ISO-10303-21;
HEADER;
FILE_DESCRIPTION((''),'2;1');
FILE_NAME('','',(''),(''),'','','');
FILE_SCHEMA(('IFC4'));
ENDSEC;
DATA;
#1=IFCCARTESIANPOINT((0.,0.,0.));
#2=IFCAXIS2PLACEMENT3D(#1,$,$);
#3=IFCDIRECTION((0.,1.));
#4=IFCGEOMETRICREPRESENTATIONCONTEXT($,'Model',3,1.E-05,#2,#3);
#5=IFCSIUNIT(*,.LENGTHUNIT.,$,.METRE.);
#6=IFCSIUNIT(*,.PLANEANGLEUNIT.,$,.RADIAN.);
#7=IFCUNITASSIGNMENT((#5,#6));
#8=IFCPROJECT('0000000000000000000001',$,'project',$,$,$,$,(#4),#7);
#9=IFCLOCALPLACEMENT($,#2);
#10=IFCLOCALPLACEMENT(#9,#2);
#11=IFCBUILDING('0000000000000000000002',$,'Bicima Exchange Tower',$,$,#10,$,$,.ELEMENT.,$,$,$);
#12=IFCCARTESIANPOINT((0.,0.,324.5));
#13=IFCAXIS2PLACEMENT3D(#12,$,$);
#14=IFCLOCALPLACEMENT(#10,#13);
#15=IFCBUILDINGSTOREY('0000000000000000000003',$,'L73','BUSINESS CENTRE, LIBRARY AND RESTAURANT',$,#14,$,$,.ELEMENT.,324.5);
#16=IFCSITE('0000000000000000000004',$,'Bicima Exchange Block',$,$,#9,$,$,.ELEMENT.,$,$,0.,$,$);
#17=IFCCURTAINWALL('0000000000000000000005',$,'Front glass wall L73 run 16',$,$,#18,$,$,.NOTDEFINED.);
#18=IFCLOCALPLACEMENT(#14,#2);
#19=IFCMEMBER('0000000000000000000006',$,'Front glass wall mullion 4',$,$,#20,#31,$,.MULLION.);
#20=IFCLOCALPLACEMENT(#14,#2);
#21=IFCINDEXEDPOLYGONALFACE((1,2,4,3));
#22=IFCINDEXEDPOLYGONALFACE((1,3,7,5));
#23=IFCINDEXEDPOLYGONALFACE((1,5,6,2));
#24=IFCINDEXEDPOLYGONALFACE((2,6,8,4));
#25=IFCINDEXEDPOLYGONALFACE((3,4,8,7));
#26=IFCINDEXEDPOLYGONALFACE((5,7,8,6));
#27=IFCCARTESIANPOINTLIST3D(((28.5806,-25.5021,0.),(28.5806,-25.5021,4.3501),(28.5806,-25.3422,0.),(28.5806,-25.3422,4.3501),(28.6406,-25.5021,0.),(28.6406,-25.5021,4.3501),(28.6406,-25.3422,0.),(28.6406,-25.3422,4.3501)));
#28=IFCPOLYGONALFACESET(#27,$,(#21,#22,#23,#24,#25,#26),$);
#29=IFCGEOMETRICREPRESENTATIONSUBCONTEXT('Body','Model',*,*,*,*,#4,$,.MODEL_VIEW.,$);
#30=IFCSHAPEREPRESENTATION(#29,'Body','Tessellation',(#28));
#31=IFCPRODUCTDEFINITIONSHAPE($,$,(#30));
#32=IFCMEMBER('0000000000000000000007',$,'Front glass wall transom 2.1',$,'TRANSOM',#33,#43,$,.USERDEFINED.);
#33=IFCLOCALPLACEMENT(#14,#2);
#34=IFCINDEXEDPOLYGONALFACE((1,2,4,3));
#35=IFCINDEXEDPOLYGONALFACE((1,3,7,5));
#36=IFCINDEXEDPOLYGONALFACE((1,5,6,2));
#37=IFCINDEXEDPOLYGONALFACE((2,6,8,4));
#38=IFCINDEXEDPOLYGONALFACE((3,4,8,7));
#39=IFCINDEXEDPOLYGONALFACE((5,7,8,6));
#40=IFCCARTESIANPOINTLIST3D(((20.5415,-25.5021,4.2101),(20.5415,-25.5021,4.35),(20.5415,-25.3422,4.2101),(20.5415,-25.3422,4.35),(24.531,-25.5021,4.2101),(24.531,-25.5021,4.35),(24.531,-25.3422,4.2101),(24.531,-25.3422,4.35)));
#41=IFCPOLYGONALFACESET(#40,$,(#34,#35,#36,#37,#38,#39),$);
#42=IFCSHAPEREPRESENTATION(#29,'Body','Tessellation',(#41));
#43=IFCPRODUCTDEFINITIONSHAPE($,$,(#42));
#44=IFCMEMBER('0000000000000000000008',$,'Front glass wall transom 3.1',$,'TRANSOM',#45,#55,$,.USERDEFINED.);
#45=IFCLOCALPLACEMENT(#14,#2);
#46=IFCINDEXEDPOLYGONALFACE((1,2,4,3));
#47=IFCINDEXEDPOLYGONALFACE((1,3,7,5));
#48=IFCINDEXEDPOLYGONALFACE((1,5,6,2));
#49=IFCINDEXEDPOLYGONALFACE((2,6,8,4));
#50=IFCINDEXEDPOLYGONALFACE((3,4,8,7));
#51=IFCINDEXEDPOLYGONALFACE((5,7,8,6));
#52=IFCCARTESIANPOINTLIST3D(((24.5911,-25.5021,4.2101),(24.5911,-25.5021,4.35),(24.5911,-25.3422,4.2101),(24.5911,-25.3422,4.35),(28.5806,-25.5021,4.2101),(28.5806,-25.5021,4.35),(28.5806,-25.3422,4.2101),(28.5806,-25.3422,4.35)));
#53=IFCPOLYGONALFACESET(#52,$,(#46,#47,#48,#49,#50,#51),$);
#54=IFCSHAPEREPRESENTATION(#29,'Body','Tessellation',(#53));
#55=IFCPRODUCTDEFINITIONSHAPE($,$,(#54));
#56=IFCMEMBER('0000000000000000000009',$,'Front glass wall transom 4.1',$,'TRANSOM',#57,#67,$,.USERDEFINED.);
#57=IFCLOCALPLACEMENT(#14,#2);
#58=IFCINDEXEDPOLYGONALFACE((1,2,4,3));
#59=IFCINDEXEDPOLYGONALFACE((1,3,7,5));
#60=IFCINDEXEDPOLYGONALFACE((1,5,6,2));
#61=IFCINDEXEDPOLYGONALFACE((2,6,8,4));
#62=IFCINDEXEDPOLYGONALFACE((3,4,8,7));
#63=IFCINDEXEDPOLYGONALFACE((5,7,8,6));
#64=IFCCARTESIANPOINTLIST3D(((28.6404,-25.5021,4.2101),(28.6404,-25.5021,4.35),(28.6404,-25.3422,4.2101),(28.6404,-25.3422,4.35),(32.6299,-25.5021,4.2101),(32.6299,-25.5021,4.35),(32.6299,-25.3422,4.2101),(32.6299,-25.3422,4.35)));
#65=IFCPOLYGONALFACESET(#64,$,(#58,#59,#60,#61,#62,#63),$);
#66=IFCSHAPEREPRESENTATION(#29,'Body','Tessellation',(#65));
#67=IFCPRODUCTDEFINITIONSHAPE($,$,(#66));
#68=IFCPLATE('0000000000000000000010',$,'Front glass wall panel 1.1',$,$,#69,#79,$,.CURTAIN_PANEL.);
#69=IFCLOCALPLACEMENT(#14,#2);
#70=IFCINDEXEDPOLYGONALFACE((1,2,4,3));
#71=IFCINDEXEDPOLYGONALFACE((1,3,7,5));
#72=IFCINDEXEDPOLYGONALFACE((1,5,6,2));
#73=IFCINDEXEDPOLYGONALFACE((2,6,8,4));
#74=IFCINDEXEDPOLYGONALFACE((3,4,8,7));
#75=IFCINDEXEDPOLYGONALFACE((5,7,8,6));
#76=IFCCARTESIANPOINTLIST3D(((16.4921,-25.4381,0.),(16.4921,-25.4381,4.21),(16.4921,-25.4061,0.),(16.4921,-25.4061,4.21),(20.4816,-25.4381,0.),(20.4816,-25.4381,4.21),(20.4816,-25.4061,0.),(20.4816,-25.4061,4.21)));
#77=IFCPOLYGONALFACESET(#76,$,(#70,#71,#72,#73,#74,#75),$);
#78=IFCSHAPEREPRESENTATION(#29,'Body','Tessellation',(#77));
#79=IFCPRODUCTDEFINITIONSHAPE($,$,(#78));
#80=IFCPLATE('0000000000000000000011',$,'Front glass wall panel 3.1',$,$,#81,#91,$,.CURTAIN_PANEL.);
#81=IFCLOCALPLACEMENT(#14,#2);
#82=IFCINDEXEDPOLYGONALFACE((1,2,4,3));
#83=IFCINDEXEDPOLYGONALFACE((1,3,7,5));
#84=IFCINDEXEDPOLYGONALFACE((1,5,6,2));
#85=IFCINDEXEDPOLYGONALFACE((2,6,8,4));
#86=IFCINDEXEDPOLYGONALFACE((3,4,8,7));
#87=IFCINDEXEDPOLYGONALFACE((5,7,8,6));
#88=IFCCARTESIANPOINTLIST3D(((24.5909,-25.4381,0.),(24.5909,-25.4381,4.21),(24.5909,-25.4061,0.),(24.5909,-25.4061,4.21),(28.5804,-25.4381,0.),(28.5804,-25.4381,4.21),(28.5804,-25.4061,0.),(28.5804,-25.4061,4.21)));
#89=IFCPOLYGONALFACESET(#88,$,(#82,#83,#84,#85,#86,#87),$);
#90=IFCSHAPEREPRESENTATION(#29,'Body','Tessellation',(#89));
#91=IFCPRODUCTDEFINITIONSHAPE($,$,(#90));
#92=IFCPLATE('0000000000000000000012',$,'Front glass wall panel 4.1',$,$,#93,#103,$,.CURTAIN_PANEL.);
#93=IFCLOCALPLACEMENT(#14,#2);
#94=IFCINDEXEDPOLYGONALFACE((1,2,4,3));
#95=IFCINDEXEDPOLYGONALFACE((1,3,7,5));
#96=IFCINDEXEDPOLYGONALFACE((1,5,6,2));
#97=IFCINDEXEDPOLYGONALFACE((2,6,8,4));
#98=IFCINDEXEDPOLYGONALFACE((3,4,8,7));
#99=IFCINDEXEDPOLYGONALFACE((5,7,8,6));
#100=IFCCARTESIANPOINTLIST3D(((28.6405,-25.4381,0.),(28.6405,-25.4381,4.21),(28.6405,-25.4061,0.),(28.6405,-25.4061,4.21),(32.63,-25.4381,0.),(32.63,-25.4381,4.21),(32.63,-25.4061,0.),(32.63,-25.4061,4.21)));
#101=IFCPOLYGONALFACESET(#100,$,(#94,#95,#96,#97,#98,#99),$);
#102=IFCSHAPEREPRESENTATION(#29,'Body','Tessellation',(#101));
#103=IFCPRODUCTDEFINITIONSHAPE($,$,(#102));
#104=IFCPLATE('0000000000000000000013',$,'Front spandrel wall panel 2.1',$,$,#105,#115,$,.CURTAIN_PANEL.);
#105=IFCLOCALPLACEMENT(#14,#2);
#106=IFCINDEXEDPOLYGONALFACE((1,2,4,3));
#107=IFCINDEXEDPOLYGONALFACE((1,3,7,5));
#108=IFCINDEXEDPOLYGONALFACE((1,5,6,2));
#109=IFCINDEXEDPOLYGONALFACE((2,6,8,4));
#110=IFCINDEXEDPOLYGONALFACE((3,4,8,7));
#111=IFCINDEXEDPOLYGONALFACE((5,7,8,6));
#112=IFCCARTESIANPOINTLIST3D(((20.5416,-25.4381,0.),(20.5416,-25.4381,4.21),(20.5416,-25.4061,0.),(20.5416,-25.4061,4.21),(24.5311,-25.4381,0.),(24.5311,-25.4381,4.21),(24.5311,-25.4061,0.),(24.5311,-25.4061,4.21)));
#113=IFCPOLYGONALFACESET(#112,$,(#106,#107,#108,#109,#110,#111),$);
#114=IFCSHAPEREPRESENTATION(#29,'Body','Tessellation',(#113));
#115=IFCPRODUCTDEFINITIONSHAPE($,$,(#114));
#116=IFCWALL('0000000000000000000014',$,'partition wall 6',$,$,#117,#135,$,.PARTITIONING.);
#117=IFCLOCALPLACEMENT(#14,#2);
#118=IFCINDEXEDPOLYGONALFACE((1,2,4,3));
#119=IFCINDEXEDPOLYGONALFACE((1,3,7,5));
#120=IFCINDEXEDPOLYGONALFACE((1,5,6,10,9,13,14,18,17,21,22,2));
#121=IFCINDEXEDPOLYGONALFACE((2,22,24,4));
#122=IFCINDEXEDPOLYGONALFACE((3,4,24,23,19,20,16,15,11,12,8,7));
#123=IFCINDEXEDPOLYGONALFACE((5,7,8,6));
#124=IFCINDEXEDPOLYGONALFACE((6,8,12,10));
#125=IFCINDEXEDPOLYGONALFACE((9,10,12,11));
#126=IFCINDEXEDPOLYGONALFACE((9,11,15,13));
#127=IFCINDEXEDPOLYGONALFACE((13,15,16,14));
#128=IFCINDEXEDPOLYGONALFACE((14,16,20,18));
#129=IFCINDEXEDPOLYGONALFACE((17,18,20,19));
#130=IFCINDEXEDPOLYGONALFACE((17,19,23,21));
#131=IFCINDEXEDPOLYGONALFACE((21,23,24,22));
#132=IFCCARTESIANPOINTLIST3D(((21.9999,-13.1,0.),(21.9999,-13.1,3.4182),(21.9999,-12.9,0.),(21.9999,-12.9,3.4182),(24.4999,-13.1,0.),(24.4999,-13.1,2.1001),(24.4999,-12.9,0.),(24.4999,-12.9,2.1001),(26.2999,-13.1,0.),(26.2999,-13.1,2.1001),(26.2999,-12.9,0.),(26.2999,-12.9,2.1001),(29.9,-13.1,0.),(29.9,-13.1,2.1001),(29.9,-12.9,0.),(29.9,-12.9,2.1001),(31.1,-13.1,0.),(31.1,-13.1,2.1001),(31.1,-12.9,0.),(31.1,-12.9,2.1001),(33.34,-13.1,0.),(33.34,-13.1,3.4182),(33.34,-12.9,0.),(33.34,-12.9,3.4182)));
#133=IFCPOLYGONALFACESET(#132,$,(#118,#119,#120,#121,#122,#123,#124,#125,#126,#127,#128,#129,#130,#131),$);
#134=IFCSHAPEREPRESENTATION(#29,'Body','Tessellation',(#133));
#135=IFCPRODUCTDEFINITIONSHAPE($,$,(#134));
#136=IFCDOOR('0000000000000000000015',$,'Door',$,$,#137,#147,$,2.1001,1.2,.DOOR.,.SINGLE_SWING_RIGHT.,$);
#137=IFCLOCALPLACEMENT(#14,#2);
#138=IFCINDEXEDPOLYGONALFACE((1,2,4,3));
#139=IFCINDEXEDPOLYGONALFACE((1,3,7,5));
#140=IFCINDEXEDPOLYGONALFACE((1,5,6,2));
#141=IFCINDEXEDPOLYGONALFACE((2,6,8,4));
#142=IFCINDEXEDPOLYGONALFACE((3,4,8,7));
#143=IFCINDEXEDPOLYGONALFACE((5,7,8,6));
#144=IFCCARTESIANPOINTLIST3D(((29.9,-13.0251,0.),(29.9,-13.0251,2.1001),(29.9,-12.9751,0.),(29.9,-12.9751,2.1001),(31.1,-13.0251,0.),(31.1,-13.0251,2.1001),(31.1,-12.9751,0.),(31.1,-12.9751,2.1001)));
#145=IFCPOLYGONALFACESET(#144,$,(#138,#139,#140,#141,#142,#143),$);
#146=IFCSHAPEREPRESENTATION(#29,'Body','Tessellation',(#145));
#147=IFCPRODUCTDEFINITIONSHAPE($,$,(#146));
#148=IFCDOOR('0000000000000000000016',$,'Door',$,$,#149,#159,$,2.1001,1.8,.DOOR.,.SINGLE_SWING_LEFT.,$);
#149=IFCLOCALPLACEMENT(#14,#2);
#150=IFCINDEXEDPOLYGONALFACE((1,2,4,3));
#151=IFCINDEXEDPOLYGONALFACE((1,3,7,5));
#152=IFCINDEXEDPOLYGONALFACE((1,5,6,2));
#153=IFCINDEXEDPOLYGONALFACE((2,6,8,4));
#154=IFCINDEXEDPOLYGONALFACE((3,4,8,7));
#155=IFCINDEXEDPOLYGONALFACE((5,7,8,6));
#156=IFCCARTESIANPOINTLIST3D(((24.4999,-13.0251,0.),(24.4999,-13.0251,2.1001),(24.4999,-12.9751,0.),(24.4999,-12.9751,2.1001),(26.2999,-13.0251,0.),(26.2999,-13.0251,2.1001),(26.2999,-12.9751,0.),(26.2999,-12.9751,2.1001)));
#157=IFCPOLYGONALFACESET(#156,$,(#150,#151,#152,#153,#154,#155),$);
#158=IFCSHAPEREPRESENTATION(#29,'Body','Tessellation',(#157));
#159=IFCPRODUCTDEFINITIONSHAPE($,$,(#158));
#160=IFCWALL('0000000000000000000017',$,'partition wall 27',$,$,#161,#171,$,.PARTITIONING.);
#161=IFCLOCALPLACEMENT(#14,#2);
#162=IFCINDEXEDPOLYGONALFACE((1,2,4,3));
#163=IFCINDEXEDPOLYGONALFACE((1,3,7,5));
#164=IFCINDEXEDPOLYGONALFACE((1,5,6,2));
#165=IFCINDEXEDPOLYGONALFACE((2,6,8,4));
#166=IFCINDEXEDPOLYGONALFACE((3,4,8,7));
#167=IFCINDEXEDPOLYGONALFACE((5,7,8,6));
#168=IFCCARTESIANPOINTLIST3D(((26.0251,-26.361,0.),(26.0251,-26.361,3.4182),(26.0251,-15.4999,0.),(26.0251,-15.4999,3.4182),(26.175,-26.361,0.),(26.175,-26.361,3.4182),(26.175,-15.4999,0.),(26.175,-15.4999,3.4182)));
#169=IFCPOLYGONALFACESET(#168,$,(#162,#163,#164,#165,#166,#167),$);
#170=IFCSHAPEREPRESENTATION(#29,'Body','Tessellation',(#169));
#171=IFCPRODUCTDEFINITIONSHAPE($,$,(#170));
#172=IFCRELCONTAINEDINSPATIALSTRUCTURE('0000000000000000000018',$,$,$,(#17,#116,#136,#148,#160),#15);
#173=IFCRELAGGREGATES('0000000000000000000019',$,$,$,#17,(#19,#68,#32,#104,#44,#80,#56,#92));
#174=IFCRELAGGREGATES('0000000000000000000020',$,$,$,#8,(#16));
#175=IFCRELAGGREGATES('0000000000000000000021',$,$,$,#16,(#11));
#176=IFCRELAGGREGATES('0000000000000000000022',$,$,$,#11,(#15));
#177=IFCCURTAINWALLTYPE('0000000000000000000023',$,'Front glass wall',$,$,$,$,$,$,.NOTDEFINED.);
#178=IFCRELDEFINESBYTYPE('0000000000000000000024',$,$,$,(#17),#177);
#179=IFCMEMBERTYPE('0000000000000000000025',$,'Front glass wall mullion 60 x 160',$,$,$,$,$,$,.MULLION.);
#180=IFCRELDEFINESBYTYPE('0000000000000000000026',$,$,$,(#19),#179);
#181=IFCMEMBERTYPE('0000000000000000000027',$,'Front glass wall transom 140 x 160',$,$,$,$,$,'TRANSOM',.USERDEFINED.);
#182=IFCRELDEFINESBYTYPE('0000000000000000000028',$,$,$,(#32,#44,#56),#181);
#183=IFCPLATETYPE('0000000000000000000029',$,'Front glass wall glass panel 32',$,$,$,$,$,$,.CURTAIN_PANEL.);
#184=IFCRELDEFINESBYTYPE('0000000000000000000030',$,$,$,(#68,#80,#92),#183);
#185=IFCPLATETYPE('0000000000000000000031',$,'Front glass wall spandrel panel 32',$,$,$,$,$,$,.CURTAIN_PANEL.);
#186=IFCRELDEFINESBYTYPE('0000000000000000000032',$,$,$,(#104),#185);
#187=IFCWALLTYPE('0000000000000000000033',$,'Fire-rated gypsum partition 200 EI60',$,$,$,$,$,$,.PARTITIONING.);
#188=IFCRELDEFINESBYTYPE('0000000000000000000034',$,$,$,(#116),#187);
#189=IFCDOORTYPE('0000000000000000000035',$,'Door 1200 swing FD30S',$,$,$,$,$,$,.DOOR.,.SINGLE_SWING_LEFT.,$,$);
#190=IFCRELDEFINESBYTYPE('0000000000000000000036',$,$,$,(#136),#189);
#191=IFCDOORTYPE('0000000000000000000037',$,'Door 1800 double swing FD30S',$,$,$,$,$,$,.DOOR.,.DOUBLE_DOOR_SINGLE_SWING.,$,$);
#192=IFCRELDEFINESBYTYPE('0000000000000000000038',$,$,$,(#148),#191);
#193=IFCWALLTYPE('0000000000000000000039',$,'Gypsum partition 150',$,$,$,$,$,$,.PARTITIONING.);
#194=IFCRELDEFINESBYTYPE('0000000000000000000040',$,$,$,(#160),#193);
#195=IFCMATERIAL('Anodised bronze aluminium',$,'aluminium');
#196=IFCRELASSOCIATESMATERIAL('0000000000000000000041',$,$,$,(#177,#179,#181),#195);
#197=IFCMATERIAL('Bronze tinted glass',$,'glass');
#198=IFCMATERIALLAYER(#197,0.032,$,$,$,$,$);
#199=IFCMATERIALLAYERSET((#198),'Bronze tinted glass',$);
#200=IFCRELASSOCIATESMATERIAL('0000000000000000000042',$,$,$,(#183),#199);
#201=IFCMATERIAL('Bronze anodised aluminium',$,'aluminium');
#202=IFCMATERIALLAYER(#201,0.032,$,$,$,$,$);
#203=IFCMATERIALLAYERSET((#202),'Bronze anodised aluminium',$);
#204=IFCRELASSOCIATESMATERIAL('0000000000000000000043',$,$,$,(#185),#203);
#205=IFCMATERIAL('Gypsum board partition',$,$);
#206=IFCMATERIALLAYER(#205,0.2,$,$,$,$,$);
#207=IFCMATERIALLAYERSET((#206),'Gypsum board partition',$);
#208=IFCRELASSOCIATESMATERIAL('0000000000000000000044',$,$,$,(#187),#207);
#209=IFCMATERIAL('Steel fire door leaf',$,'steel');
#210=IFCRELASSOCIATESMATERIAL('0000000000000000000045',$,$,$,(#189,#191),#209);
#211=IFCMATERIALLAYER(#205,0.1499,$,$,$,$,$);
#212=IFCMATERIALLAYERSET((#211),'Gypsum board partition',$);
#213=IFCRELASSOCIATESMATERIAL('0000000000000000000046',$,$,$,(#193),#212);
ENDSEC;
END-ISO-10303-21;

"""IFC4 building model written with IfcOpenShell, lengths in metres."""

from ifc_helpers import new_model, si_unit, direction, frame, frame_2d, origin, origin_2d, place, context, subcontext, project, spatial, rectangle, extrude, material, layer, layer_set, material_profile, profile_set, type_object, element, fill, aggregate, save


model = new_model("IFC4")

# Units and contexts
model_context = context("Model", 3, precision=1e-05, world=origin(), true_north=direction((0.0, 1.0)))
body_context = subcontext(model_context, "Body", "Model", "MODEL_VIEW")
ifc_project = project(units=[si_unit("LENGTHUNIT", "METRE"), si_unit("PLANEANGLEUNIT", "RADIAN")], contexts=[model_context])

# Site, building, storey
site_placement = place(None, origin())
site = spatial("IfcSite", under=ifc_project, at=site_placement, Name="Bicima Exchange Block", CompositionType="ELEMENT", RefElevation=0.0)
building_placement = place(site_placement, origin())
building = spatial("IfcBuilding", under=site, at=building_placement, Name="Bicima Exchange Tower", CompositionType="ELEMENT")
storey_placement = place(building_placement, frame((0.0, 0.0, 324.5)))
storey = spatial("IfcBuildingStorey", under=building, at=storey_placement, Name="L73", Description="BUSINESS CENTRE, LIBRARY AND RESTAURANT", CompositionType="ELEMENT", Elevation=324.5)

# Curtain wall, members, plates
ifc_material_1 = material(Name="Anodised bronze aluminium", Category="aluminium")
curtain_wall_type = type_object("IfcCurtainWallType", Name="Front glass wall", PredefinedType="NOTDEFINED", material=ifc_material_1)
curtain_wall_placement = place(storey_placement, origin())
curtain_wall = element("IfcCurtainWall", 1, at=curtain_wall_placement, inside=storey, type_object=curtain_wall_type, Name="Front glass wall L73 run 16", PredefinedType="NOTDEFINED")
ifc_material_profile_1 = material_profile(ifc_material_1, rectangle(XDim=0.1599, YDim=0.0601, at=origin_2d()))
ifc_profile_set_1 = profile_set([ifc_material_profile_1], Name="Anodised bronze aluminium")
member_type_1 = type_object("IfcMemberType", Name="Front glass wall mullion 60 x 160", PredefinedType="MULLION", material=ifc_profile_set_1)
member_1_placement = place(storey_placement, frame((28.6106, -25.4221, 0.0), z_axis=(0.0, 0.0, 1.0), x_axis=(0.0, 1.0, 0.0)))
member_1 = element("IfcMember", 2, at=member_1_placement, type_object=member_type_1, Name="Front glass wall mullion 4", PredefinedType="MULLION", context=body_context, shape_type="SweptSolid", body=[
    extrude(rectangle(XDim=0.1599, YDim=0.0601, at=origin_2d()), origin(), (0.0, 0.0, 1.0), 4.3501),
])
ifc_material_profile_2 = material_profile(ifc_material_1, rectangle(XDim=0.1599, YDim=0.1399, at=origin_2d()))
ifc_profile_set_2 = profile_set([ifc_material_profile_2], Name="Anodised bronze aluminium")
member_type_2 = type_object("IfcMemberType", Name="Front glass wall transom 140 x 160", ElementType="TRANSOM", PredefinedType="USERDEFINED", material=ifc_profile_set_2)
member_2_placement = place(storey_placement, frame((20.5415, -25.4221, 4.28), z_axis=(1.0, 0.0, 0.0), x_axis=(0.0, 1.0, 0.0)))
member_2 = element("IfcMember", 3, at=member_2_placement, type_object=member_type_2, Name="Front glass wall transom 2.1", ObjectType="TRANSOM", PredefinedType="USERDEFINED", context=body_context, shape_type="SweptSolid", body=[
    extrude(rectangle(XDim=0.1599, YDim=0.1399, at=origin_2d()), origin(), (0.0, 0.0, 1.0), 3.9895),
])
member_3_placement = place(storey_placement, frame((24.5911, -25.4221, 4.28), z_axis=(1.0, 0.0, 0.0), x_axis=(0.0, 1.0, 0.0)))
member_3 = element("IfcMember", 4, at=member_3_placement, type_object=member_type_2, Name="Front glass wall transom 3.1", ObjectType="TRANSOM", PredefinedType="USERDEFINED", context=body_context, shape_type="SweptSolid", body=[
    extrude(rectangle(XDim=0.1599, YDim=0.1399, at=origin_2d()), origin(), (0.0, 0.0, 1.0), 3.9895),
])
member_4_placement = place(storey_placement, frame((28.6404, -25.4221, 4.28), z_axis=(1.0, 0.0, 0.0), x_axis=(0.0, 1.0, 0.0)))
member_4 = element("IfcMember", 5, at=member_4_placement, type_object=member_type_2, Name="Front glass wall transom 4.1", ObjectType="TRANSOM", PredefinedType="USERDEFINED", context=body_context, shape_type="SweptSolid", body=[
    extrude(rectangle(XDim=0.1599, YDim=0.1399, at=origin_2d()), origin(), (0.0, 0.0, 1.0), 3.9895),
])
ifc_material_2 = material(Name="Bronze tinted glass", Category="glass")
ifc_layer_1 = layer(ifc_material_2, 0.032)
ifc_layer_set_1 = layer_set([ifc_layer_1], Name="Bronze tinted glass")
plate_type_1 = type_object("IfcPlateType", Name="Front glass wall glass panel 32", PredefinedType="CURTAIN_PANEL", material=ifc_layer_set_1)
plate_1_placement = place(storey_placement, frame((18.4868, -25.4221, 0.0), z_axis=(0.0, 0.0, 1.0), x_axis=(1.0, 0.0, 0.0)))
plate_1 = element("IfcPlate", 6, at=plate_1_placement, type_object=plate_type_1, Name="Front glass wall panel 1.1", PredefinedType="CURTAIN_PANEL", context=body_context, shape_type="SweptSolid", body=[
    extrude(rectangle(XDim=3.9895, YDim=0.032, at=origin_2d()), origin(), (0.0, 0.0, 1.0), 4.21),
])
plate_2_placement = place(storey_placement, frame((26.5857, -25.4221, 0.0), z_axis=(0.0, 0.0, 1.0), x_axis=(1.0, 0.0, 0.0)))
plate_2 = element("IfcPlate", 7, at=plate_2_placement, type_object=plate_type_1, Name="Front glass wall panel 3.1", PredefinedType="CURTAIN_PANEL", context=body_context, shape_type="SweptSolid", body=[
    extrude(rectangle(XDim=3.9895, YDim=0.032, at=origin_2d()), origin(), (0.0, 0.0, 1.0), 4.21),
])
plate_3_placement = place(storey_placement, frame((30.6353, -25.4221, 0.0), z_axis=(0.0, 0.0, 1.0), x_axis=(1.0, 0.0, 0.0)))
plate_3 = element("IfcPlate", 8, at=plate_3_placement, type_object=plate_type_1, Name="Front glass wall panel 4.1", PredefinedType="CURTAIN_PANEL", context=body_context, shape_type="SweptSolid", body=[
    extrude(rectangle(XDim=3.9895, YDim=0.032, at=origin_2d()), origin(), (0.0, 0.0, 1.0), 4.21),
])
ifc_material_3 = material(Name="Bronze anodised aluminium", Category="aluminium")
ifc_layer_2 = layer(ifc_material_3, 0.032)
ifc_layer_set_2 = layer_set([ifc_layer_2], Name="Bronze anodised aluminium")
plate_type_2 = type_object("IfcPlateType", Name="Front glass wall spandrel panel 32", PredefinedType="CURTAIN_PANEL", material=ifc_layer_set_2)
plate_4_placement = place(storey_placement, frame((22.5364, -25.4221, 0.0), z_axis=(0.0, 0.0, 1.0), x_axis=(1.0, 0.0, 0.0)))
plate_4 = element("IfcPlate", 9, at=plate_4_placement, type_object=plate_type_2, Name="Front spandrel wall panel 2.1", PredefinedType="CURTAIN_PANEL", context=body_context, shape_type="SweptSolid", body=[
    extrude(rectangle(XDim=3.9895, YDim=0.032, at=origin_2d()), origin(), (0.0, 0.0, 1.0), 4.21),
])
aggregate(curtain_wall, [member_1, plate_1, member_2, plate_4, member_3, plate_2, member_4, plate_3])

# Wall, openings, doors
ifc_material_4 = material(Name="Gypsum board partition")
ifc_layer_3 = layer(ifc_material_4, 0.2)
ifc_layer_set_3 = layer_set([ifc_layer_3], Name="Gypsum board partition")
wall_type_1 = type_object("IfcWallType", Name="Fire-rated gypsum partition 200 EI60", PredefinedType="PARTITIONING", material=ifc_layer_set_3)
wall_1_placement = place(storey_placement, frame((22.0, -13.0, 0.0), z_axis=(0.0, 0.0, 1.0), x_axis=(1.0, 0.0, 0.0)))
wall_1 = element("IfcWall", 10, at=wall_1_placement, inside=storey, type_object=wall_type_1, Name="partition wall 6", PredefinedType="PARTITIONING", context=body_context, shape_type="SweptSolid", body=[
    extrude(rectangle(XDim=11.3401, YDim=0.2, at=frame_2d((5.6699, 0.0))), origin(), (0.0, 0.0, 1.0), 3.4182),
])
opening_1_placement = place(wall_1_placement, frame((7.8999, 0.0, 0.0)))
opening_1 = element("IfcOpeningElement", 11, at=opening_1_placement, cuts=wall_1, PredefinedType="OPENING", context=body_context, shape_type="SweptSolid", body=[
    extrude(rectangle(XDim=1.2, YDim=2.1001, at=frame_2d((0.6001, 1.05))), frame((0.0, 0.1118, 0.0), z_axis=(0.0, -1.0, 0.0), x_axis=(1.0, 0.0, 0.0)), (0.0, 0.0, 1.0), 0.2239),
])
opening_2_placement = place(wall_1_placement, frame((2.5, 0.0, 0.0)))
opening_2 = element("IfcOpeningElement", 12, at=opening_2_placement, cuts=wall_1, PredefinedType="OPENING", context=body_context, shape_type="SweptSolid", body=[
    extrude(rectangle(XDim=1.8, YDim=2.1001, at=frame_2d((0.8999, 1.05))), frame((0.0, 0.1118, 0.0), z_axis=(0.0, -1.0, 0.0), x_axis=(1.0, 0.0, 0.0)), (0.0, 0.0, 1.0), 0.2239),
])
ifc_material_5 = material(Name="Steel fire door leaf", Category="steel")
door_type_1 = type_object("IfcDoorType", Name="Door 1200 swing FD30S", OperationType="SINGLE_SWING_LEFT", PredefinedType="DOOR", material=ifc_material_5)
door_1_placement = place(opening_1_placement, origin())
door_1 = element("IfcDoor", 13, at=door_1_placement, inside=storey, type_object=door_type_1, Name="Door", OperationType="SINGLE_SWING_RIGHT", OverallHeight=2.1001, OverallWidth=1.2, PredefinedType="DOOR", context=body_context, shape_type="SweptSolid", body=[
    extrude(rectangle(XDim=1.2, YDim=2.1001, at=frame_2d((0.6001, 1.05))), frame((0.0, 0.0249, 0.0), z_axis=(0.0, -1.0, 0.0), x_axis=(1.0, 0.0, 0.0)), (0.0, 0.0, 1.0), 0.05),
])
fill(opening_1, door_1)
door_type_2 = type_object("IfcDoorType", Name="Door 1800 double swing FD30S", OperationType="DOUBLE_DOOR_SINGLE_SWING", PredefinedType="DOOR", material=ifc_material_5)
door_2_placement = place(opening_2_placement, origin())
door_2 = element("IfcDoor", 14, at=door_2_placement, inside=storey, type_object=door_type_2, Name="Door", OperationType="SINGLE_SWING_LEFT", OverallHeight=2.1001, OverallWidth=1.8, PredefinedType="DOOR", context=body_context, shape_type="SweptSolid", body=[
    extrude(rectangle(XDim=1.8, YDim=2.1001, at=frame_2d((0.8999, 1.05))), frame((0.0, 0.0249, 0.0), z_axis=(0.0, -1.0, 0.0), x_axis=(1.0, 0.0, 0.0)), (0.0, 0.0, 1.0), 0.05),
])
fill(opening_2, door_2)

# Wall
ifc_layer_4 = layer(ifc_material_4, 0.1499)
ifc_layer_set_4 = layer_set([ifc_layer_4], Name="Gypsum board partition")
wall_type_2 = type_object("IfcWallType", Name="Gypsum partition 150", PredefinedType="PARTITIONING", material=ifc_layer_set_4)
wall_2_placement = place(storey_placement, frame((26.1001, -26.3611, 0.0), z_axis=(0.0, 0.0, 1.0), x_axis=(0.0, 1.0, 0.0)))
element("IfcWall", 15, at=wall_2_placement, inside=storey, type_object=wall_type_2, Name="partition wall 27", PredefinedType="PARTITIONING", context=body_context, shape_type="SweptSolid", body=[
    extrude(rectangle(XDim=10.8611, YDim=0.1499, at=frame_2d((5.4307, 0.0))), origin(), (0.0, 0.0, 1.0), 3.4182),
])

save(model, "model.ifc")
